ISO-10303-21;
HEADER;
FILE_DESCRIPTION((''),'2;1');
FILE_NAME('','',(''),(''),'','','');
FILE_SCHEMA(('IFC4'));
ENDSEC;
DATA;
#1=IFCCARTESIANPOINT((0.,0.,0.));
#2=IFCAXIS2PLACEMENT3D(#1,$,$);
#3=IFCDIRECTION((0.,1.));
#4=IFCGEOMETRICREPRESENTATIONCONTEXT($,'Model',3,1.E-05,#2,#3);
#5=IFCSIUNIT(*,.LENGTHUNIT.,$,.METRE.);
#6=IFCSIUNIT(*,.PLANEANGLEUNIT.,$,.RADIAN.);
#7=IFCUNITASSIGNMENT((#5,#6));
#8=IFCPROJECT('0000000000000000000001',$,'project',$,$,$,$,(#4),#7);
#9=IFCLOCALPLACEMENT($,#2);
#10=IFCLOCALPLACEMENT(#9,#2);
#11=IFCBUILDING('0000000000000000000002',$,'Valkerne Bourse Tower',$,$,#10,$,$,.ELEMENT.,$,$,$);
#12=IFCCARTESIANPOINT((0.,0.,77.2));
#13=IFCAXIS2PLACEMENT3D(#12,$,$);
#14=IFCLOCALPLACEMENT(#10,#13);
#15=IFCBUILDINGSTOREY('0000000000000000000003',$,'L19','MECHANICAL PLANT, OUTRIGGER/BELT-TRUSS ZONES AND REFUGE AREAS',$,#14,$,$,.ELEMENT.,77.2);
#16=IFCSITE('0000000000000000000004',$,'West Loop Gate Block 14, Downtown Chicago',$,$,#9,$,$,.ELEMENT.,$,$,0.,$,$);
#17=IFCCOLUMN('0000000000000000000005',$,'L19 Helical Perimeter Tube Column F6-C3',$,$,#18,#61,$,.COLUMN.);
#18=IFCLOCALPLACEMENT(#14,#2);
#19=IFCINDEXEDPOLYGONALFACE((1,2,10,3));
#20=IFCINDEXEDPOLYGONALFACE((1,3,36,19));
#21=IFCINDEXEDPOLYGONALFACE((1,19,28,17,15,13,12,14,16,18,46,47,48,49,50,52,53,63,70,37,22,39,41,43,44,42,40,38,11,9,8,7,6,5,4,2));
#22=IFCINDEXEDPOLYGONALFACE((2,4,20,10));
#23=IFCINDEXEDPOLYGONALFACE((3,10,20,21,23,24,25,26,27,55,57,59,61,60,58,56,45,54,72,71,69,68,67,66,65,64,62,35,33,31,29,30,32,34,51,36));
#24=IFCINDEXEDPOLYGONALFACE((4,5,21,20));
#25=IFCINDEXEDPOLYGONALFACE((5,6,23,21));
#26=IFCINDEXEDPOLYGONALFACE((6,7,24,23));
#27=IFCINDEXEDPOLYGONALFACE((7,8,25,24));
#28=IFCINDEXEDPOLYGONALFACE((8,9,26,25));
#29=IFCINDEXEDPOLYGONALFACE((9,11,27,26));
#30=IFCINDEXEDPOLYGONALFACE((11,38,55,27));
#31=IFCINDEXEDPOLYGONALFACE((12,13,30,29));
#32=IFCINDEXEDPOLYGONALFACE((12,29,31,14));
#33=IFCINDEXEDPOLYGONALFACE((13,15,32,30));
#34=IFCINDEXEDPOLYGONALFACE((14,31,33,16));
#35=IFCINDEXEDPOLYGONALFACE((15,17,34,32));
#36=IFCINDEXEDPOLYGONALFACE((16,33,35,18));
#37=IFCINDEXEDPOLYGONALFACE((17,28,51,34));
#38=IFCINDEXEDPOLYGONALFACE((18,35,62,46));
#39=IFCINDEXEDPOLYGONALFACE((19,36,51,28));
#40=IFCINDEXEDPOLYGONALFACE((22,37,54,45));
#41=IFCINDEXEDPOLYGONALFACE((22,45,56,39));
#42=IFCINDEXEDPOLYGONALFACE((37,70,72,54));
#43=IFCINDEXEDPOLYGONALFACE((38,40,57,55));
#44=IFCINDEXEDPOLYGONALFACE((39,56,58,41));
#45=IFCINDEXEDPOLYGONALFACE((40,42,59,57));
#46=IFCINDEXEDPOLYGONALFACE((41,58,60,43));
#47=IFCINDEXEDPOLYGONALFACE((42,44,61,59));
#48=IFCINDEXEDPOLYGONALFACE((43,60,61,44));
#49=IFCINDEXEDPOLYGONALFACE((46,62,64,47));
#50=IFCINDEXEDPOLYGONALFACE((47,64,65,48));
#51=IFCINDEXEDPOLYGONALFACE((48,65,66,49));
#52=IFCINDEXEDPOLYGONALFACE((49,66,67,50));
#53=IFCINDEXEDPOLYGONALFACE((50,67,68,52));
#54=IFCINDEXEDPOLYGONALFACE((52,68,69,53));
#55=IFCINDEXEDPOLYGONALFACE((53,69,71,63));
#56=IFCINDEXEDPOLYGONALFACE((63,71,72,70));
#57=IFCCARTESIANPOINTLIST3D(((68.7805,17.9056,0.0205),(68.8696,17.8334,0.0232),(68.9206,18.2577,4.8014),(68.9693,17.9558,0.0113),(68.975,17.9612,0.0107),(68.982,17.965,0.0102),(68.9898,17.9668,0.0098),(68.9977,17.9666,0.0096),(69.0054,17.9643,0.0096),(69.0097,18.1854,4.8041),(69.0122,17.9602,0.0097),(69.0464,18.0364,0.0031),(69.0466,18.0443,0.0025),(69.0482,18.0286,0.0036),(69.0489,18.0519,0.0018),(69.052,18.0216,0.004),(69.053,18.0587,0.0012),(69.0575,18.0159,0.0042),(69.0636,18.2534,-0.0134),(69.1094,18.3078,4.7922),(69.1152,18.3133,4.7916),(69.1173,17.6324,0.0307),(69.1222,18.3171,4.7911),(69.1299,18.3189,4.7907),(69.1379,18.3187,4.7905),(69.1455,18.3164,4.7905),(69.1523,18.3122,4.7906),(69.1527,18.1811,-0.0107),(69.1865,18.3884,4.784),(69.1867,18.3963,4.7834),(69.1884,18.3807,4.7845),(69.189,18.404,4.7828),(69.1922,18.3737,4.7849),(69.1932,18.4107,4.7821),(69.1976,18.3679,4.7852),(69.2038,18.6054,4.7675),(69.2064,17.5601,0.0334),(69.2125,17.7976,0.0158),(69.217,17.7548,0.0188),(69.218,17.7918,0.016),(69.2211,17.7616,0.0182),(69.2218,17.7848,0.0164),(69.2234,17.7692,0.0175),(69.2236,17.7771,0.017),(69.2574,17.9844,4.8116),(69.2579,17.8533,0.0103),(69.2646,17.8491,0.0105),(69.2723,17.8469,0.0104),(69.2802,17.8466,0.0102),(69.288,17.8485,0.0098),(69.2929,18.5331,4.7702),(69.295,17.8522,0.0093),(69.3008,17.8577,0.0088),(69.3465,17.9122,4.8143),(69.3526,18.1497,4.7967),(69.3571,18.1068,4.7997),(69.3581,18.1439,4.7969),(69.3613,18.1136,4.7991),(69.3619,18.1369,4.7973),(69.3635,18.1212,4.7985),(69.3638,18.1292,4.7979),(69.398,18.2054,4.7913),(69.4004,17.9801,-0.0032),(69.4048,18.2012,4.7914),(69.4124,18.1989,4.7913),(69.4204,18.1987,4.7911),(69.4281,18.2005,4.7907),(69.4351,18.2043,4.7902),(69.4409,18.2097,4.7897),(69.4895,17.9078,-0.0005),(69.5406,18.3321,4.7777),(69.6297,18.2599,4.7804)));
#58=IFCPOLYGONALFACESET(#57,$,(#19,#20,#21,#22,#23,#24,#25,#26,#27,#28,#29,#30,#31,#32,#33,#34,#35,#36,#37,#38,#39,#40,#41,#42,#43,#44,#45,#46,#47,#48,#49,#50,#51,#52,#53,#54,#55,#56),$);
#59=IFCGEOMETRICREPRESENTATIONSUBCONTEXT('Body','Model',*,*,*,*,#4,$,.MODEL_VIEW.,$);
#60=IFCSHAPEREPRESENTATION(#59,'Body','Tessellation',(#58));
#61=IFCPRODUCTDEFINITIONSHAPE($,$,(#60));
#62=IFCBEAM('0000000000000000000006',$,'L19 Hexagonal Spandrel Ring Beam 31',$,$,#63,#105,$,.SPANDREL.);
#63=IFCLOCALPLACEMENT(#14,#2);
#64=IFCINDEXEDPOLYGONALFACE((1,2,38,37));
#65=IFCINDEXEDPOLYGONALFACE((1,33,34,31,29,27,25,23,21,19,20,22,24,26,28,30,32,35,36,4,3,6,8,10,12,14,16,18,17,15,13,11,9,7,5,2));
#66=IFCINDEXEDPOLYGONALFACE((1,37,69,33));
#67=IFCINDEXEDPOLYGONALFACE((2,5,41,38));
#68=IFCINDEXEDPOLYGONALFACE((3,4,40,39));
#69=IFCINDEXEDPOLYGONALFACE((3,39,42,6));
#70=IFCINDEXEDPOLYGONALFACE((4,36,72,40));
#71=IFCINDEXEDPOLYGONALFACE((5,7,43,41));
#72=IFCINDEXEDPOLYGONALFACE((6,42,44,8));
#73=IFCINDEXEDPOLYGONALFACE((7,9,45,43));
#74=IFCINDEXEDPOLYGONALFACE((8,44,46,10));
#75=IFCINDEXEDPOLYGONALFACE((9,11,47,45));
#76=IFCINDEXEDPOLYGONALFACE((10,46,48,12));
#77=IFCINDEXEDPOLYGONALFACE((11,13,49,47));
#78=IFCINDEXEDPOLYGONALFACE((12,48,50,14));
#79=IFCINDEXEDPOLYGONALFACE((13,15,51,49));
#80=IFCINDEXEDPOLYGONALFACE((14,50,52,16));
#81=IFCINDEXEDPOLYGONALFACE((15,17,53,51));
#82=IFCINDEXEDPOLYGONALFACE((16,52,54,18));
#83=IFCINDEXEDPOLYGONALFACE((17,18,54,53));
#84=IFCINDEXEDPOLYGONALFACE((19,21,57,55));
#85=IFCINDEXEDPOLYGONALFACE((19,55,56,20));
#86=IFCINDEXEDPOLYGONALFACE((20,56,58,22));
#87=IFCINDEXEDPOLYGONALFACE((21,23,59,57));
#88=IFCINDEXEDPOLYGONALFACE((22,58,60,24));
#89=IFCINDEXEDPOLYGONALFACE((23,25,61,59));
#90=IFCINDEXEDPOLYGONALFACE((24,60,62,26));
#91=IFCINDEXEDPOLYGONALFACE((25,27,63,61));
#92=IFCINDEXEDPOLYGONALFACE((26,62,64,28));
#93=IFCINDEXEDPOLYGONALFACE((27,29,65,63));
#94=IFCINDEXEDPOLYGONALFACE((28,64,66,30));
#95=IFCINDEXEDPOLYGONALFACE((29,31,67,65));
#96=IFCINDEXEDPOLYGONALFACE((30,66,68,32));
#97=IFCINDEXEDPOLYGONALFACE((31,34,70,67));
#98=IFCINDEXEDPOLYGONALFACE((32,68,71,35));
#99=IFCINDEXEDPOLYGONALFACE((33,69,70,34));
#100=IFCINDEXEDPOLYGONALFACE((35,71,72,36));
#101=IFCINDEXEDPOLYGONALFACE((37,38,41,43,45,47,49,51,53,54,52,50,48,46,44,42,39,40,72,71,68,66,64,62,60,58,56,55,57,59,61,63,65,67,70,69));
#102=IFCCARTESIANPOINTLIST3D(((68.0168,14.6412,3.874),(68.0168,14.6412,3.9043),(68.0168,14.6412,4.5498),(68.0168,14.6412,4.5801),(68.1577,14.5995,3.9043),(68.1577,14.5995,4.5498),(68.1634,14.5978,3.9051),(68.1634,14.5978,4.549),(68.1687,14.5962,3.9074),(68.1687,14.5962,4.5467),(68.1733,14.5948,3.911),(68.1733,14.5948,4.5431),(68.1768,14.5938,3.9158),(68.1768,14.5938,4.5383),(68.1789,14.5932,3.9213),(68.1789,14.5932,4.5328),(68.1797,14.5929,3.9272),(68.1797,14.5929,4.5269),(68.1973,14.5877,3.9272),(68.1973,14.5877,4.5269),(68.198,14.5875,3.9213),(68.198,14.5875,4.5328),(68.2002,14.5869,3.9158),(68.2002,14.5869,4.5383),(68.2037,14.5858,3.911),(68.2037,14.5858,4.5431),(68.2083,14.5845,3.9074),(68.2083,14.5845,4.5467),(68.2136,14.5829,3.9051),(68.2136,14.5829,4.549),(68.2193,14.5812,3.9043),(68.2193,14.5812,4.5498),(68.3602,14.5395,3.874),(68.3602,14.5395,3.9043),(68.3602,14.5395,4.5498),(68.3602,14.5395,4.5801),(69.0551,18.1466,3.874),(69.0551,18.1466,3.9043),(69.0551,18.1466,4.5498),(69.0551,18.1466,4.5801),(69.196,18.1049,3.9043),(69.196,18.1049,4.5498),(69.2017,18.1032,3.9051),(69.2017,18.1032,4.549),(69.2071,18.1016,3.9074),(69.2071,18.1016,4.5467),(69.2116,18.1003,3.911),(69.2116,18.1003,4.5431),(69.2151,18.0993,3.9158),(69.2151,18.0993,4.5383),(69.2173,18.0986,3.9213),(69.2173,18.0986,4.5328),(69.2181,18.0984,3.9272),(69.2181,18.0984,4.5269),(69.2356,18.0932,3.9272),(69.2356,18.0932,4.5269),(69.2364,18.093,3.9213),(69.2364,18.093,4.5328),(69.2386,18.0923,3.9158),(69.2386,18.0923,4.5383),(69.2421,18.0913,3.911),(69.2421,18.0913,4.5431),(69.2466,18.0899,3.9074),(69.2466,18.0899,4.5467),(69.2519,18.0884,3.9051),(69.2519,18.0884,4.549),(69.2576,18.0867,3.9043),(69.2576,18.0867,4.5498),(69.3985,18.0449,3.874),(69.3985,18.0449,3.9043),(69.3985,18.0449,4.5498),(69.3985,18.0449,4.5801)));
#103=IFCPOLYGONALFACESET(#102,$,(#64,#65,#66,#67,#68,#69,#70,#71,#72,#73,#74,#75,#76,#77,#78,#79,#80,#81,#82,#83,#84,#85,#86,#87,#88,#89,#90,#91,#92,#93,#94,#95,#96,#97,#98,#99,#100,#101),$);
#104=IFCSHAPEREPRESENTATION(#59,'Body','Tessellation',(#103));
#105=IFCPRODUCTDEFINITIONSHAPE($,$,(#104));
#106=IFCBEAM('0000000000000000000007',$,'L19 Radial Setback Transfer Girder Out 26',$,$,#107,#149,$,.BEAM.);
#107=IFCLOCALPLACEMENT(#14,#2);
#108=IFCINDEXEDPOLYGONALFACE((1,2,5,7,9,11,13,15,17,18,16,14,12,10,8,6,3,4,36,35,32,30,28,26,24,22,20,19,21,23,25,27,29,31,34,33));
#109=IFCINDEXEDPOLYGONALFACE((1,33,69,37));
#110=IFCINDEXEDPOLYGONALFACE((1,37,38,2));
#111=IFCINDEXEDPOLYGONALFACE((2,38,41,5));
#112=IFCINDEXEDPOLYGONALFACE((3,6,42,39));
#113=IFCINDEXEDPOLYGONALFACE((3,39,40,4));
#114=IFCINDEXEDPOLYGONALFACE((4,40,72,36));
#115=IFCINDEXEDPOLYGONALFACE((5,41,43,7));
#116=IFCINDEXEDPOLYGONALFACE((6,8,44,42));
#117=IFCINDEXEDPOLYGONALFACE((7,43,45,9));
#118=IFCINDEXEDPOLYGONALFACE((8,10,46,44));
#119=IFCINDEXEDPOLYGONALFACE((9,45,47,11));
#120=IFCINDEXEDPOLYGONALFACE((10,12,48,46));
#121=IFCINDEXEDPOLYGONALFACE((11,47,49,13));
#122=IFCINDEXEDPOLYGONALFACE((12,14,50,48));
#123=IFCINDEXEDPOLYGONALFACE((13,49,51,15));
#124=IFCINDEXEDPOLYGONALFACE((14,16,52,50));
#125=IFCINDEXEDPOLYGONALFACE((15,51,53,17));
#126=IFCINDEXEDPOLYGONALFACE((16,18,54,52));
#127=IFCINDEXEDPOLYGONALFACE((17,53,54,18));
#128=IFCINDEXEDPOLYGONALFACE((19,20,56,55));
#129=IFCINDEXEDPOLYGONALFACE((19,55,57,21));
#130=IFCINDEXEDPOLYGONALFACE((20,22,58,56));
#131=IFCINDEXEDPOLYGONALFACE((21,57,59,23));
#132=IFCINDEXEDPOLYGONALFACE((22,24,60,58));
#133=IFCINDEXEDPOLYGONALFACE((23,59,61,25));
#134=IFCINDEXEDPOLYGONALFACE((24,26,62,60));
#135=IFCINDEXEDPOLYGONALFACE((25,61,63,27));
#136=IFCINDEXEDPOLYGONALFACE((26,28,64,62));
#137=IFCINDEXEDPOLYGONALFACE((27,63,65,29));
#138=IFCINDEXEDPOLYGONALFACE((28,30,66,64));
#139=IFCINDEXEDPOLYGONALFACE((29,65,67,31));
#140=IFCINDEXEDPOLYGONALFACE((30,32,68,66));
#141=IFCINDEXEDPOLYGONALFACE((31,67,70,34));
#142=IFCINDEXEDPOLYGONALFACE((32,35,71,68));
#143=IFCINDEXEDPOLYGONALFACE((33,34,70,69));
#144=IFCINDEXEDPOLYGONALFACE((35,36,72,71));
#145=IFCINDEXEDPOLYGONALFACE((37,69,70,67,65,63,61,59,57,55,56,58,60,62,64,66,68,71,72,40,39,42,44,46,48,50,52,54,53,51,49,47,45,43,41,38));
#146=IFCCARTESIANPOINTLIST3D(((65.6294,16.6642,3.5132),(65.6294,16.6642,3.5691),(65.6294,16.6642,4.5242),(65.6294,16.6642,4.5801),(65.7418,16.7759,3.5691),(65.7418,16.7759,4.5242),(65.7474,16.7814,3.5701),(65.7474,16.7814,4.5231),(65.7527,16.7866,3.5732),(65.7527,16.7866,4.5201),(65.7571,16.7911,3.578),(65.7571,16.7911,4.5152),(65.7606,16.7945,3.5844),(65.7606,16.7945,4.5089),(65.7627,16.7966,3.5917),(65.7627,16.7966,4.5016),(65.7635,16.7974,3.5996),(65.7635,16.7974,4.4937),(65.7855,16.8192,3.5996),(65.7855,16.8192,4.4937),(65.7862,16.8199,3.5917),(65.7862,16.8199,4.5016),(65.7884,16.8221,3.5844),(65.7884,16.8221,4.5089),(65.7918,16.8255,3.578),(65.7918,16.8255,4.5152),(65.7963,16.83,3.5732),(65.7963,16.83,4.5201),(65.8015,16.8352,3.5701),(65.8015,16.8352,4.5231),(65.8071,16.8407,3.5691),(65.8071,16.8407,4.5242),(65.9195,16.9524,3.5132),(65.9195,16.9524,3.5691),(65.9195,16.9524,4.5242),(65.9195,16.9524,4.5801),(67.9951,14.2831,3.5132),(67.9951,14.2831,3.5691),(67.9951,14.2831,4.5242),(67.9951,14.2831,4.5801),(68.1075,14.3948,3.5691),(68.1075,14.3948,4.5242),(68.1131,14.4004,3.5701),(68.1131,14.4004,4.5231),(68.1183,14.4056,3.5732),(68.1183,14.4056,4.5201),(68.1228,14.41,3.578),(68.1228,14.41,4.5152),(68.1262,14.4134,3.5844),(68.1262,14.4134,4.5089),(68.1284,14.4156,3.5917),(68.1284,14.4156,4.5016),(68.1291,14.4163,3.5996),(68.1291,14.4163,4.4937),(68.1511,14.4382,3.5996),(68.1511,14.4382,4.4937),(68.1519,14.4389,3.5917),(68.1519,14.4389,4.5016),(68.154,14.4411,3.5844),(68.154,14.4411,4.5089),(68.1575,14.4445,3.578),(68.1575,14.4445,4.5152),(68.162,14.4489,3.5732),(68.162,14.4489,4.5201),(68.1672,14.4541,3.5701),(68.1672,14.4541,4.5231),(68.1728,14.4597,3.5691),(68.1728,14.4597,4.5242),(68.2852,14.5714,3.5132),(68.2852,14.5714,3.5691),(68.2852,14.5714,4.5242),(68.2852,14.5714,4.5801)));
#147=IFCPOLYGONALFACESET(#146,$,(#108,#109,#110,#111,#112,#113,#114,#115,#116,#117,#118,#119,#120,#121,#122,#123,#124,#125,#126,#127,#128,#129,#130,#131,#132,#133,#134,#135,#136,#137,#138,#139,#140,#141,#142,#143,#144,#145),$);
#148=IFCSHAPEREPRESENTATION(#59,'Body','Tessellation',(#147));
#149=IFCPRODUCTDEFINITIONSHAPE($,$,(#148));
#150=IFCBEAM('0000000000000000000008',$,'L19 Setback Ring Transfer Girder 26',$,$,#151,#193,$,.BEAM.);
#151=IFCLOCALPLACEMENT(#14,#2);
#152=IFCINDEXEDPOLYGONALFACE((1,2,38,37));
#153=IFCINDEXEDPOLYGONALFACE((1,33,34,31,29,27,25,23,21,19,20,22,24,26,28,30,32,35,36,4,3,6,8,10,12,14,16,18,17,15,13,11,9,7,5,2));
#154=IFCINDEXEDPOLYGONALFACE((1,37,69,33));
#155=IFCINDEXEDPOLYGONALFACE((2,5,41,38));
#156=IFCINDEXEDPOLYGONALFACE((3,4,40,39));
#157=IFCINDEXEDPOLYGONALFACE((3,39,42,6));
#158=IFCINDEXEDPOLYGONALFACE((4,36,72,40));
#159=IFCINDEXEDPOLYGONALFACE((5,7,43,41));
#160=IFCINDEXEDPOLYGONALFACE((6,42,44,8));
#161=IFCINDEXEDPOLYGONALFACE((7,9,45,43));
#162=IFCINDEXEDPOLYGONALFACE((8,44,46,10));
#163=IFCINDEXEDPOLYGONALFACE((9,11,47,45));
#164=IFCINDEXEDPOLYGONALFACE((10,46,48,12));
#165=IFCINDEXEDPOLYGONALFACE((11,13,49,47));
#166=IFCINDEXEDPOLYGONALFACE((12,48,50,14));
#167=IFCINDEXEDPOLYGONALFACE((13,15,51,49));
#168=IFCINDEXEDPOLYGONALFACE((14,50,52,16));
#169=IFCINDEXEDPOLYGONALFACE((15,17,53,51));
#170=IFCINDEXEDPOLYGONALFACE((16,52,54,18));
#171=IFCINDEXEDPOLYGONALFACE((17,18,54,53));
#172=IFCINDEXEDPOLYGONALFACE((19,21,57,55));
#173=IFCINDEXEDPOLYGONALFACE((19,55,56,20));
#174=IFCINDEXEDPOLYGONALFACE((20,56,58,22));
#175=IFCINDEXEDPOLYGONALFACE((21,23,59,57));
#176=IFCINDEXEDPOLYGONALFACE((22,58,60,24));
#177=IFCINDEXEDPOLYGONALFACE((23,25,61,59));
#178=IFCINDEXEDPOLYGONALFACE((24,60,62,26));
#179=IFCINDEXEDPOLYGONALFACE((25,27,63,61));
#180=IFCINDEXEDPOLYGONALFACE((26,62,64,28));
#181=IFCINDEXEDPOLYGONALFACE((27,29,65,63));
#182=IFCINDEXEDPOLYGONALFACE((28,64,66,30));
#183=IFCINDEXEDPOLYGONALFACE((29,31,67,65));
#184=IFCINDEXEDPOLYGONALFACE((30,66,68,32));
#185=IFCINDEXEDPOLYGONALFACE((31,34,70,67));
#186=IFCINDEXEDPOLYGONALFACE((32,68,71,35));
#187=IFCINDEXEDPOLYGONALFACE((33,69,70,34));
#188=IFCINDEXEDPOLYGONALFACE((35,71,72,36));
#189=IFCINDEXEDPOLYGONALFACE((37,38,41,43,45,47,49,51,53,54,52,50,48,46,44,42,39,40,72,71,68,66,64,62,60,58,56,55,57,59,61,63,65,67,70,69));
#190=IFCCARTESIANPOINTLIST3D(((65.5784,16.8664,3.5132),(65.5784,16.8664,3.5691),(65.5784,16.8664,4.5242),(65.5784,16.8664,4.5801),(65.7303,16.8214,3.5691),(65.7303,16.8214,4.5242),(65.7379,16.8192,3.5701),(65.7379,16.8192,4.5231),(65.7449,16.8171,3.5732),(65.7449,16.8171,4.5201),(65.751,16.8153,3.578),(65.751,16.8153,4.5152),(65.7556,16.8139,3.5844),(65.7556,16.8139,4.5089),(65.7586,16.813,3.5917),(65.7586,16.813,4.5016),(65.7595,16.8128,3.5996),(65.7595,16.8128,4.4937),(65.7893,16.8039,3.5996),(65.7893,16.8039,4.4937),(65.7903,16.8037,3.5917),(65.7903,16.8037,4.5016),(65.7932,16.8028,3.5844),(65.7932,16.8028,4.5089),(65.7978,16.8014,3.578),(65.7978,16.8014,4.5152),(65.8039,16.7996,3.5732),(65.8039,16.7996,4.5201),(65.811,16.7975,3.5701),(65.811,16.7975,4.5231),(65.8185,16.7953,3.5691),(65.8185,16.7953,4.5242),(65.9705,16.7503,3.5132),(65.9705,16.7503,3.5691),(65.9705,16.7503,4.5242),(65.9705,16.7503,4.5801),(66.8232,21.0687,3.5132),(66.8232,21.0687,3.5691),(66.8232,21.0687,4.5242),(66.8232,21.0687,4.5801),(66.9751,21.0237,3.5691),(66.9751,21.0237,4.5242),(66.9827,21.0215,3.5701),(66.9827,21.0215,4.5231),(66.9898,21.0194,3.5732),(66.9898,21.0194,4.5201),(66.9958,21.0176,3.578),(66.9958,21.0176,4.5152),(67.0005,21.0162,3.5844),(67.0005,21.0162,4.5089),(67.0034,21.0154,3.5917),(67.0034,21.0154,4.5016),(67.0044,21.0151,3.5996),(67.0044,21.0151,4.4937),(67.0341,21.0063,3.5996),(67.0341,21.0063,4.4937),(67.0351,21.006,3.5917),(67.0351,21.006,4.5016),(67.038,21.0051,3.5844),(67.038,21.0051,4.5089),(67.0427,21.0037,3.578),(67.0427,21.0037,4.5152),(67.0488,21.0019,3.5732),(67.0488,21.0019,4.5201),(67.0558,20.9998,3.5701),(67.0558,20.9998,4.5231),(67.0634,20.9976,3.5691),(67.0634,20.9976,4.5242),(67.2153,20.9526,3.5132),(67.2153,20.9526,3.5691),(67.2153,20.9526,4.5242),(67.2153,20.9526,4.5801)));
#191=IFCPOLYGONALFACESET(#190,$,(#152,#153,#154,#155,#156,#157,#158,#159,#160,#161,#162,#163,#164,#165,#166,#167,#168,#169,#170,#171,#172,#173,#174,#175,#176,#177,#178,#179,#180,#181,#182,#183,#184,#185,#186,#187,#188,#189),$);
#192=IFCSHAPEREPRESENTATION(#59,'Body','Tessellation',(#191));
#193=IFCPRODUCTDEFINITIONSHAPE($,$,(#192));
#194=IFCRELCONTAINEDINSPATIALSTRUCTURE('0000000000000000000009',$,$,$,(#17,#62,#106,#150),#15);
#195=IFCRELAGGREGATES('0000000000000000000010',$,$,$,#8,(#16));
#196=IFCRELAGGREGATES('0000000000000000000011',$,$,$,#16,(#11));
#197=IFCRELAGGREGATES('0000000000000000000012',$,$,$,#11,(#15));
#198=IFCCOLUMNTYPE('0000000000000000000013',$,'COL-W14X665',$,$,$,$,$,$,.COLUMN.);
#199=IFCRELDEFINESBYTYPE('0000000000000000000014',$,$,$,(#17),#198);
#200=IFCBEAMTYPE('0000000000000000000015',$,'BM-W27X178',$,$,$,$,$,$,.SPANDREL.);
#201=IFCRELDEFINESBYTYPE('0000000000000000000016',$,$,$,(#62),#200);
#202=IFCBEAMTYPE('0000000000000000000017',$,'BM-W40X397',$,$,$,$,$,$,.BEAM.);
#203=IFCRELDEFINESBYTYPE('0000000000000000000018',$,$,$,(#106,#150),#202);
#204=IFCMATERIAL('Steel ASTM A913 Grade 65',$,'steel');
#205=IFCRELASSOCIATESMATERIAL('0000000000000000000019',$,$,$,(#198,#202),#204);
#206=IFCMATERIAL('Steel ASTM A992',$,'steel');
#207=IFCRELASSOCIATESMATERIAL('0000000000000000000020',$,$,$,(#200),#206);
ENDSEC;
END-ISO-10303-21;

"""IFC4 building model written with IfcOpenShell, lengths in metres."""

from ifc_helpers import new_model, si_unit, direction, frame, origin, origin_2d, place, context, subcontext, project, spatial, i_section, extrude, material, material_profile, profile_set, type_object, element, save


model = new_model("IFC4")

# Units and contexts
model_context = context("Model", 3, precision=1e-05, world=origin(), true_north=direction((0.0, 1.0)))
body_context = subcontext(model_context, "Body", "Model", "MODEL_VIEW")
ifc_project = project(units=[si_unit("LENGTHUNIT", "METRE"), si_unit("PLANEANGLEUNIT", "RADIAN")], contexts=[model_context])

# Site, building, storey
site_placement = place(None, origin())
site = spatial("IfcSite", under=ifc_project, at=site_placement, Name="West Loop Gate Block 14, Downtown Chicago", CompositionType="ELEMENT", RefElevation=0.0)
building_placement = place(site_placement, origin())
building = spatial("IfcBuilding", under=site, at=building_placement, Name="Valkerne Bourse Tower", CompositionType="ELEMENT")
storey_placement = place(building_placement, frame((0.0, 0.0, 77.2)))
storey = spatial("IfcBuildingStorey", under=building, at=storey_placement, Name="L19", Description="MECHANICAL PLANT, OUTRIGGER/BELT-TRUSS ZONES AND REFUGE AREAS", CompositionType="ELEMENT", Elevation=77.2)

# Column
ifc_material_1 = material(Name="Steel ASTM A913 Grade 65", Category="steel")
ifc_material_profile_1 = material_profile(ifc_material_1, i_section(OverallWidth=0.4497, OverallDepth=0.5486, WebThickness=0.072, FlangeThickness=0.1147, FilletRadius=0.0305, at=origin_2d()), Name="W14X665")
ifc_profile_set_1 = profile_set([ifc_material_profile_1], Name="Steel ASTM A913 Grade 65")
column_type = type_object("IfcColumnType", Name="COL-W14X665", PredefinedType="COLUMN", material=ifc_profile_set_1)
column_placement = place(storey_placement, frame((69.135, 17.9067, 0.01), z_axis=(0.02922, 0.073405, 0.996874), x_axis=(-0.629646, -0.773215, 0.075392)))
element("IfcColumn", 1, at=column_placement, inside=storey, type_object=column_type, Name="L19 Helical Perimeter Tube Column F6-C3", PredefinedType="COLUMN", context=body_context, shape_type="SweptSolid", body=[
    extrude(i_section(OverallWidth=0.4497, OverallDepth=0.5486, WebThickness=0.072, FlangeThickness=0.1147, FilletRadius=0.0305, at=origin_2d()), origin(), (0.0, 0.0, 1.0), 4.7959),
])

# Beams
ifc_material_2 = material(Name="Steel ASTM A992", Category="steel")
ifc_material_profile_2 = material_profile(ifc_material_2, i_section(OverallWidth=0.3582, OverallDepth=0.7061, WebThickness=0.0183, FlangeThickness=0.0303, FilletRadius=0.0229, at=origin_2d()), Name="W27X178")
ifc_profile_set_2 = profile_set([ifc_material_profile_2], Name="Steel ASTM A992")
beam_type_1 = type_object("IfcBeamType", Name="BM-W27X178", PredefinedType="SPANDREL", material=ifc_profile_set_2)
beam_1_placement = place(storey_placement, frame((68.1885, 14.5903, 4.2271), z_axis=(0.284013, 0.95882, 0.0), x_axis=(-0.95882, 0.284013, 0.0)))
element("IfcBeam", 2, at=beam_1_placement, inside=storey, type_object=beam_type_1, Name="L19 Hexagonal Spandrel Ring Beam 31", PredefinedType="SPANDREL", context=body_context, shape_type="SweptSolid", body=[
    extrude(i_section(OverallWidth=0.3582, OverallDepth=0.7061, WebThickness=0.0183, FlangeThickness=0.0303, FilletRadius=0.0229, at=origin_2d()), origin(), (0.0, 0.0, 1.0), 3.656),
])
ifc_material_profile_3 = material_profile(ifc_material_1, i_section(OverallWidth=0.4089, OverallDepth=1.0669, WebThickness=0.031, FlangeThickness=0.0559, FilletRadius=0.0305, at=origin_2d()), Name="W40X397")
ifc_profile_set_3 = profile_set([ifc_material_profile_3], Name="Steel ASTM A913 Grade 65")
beam_type_2 = type_object("IfcBeamType", Name="BM-W40X397", PredefinedType="BEAM", material=ifc_profile_set_3)
beam_2_placement = place(storey_placement, frame((68.1401, 14.4272, 4.0466), z_axis=(-0.704812, 0.709394, 0.0), x_axis=(-0.709394, -0.704812, 0.0)))
element("IfcBeam", 3, at=beam_2_placement, inside=storey, type_object=beam_type_2, Name="L19 Radial Setback Transfer Girder Out 26", PredefinedType="BEAM", context=body_context, shape_type="SweptSolid", body=[
    extrude(i_section(OverallWidth=0.4089, OverallDepth=1.0669, WebThickness=0.031, FlangeThickness=0.0559, FilletRadius=0.0305, at=origin_2d()), origin(), (0.0, 0.0, 1.0), 3.3564),
])
beam_3_placement = place(storey_placement, frame((65.7744, 16.8083, 4.0466), z_axis=(0.28403, 0.958816, 0.0), x_axis=(-0.958816, 0.28403, 0.0)))
element("IfcBeam", 4, at=beam_3_placement, inside=storey, type_object=beam_type_2, Name="L19 Setback Ring Transfer Girder 26", PredefinedType="BEAM", context=body_context, shape_type="SweptSolid", body=[
    extrude(i_section(OverallWidth=0.4089, OverallDepth=1.0669, WebThickness=0.031, FlangeThickness=0.0559, FilletRadius=0.0305, at=origin_2d()), origin(), (0.0, 0.0, 1.0), 4.3828),
])

save(model, "model.ifc")
